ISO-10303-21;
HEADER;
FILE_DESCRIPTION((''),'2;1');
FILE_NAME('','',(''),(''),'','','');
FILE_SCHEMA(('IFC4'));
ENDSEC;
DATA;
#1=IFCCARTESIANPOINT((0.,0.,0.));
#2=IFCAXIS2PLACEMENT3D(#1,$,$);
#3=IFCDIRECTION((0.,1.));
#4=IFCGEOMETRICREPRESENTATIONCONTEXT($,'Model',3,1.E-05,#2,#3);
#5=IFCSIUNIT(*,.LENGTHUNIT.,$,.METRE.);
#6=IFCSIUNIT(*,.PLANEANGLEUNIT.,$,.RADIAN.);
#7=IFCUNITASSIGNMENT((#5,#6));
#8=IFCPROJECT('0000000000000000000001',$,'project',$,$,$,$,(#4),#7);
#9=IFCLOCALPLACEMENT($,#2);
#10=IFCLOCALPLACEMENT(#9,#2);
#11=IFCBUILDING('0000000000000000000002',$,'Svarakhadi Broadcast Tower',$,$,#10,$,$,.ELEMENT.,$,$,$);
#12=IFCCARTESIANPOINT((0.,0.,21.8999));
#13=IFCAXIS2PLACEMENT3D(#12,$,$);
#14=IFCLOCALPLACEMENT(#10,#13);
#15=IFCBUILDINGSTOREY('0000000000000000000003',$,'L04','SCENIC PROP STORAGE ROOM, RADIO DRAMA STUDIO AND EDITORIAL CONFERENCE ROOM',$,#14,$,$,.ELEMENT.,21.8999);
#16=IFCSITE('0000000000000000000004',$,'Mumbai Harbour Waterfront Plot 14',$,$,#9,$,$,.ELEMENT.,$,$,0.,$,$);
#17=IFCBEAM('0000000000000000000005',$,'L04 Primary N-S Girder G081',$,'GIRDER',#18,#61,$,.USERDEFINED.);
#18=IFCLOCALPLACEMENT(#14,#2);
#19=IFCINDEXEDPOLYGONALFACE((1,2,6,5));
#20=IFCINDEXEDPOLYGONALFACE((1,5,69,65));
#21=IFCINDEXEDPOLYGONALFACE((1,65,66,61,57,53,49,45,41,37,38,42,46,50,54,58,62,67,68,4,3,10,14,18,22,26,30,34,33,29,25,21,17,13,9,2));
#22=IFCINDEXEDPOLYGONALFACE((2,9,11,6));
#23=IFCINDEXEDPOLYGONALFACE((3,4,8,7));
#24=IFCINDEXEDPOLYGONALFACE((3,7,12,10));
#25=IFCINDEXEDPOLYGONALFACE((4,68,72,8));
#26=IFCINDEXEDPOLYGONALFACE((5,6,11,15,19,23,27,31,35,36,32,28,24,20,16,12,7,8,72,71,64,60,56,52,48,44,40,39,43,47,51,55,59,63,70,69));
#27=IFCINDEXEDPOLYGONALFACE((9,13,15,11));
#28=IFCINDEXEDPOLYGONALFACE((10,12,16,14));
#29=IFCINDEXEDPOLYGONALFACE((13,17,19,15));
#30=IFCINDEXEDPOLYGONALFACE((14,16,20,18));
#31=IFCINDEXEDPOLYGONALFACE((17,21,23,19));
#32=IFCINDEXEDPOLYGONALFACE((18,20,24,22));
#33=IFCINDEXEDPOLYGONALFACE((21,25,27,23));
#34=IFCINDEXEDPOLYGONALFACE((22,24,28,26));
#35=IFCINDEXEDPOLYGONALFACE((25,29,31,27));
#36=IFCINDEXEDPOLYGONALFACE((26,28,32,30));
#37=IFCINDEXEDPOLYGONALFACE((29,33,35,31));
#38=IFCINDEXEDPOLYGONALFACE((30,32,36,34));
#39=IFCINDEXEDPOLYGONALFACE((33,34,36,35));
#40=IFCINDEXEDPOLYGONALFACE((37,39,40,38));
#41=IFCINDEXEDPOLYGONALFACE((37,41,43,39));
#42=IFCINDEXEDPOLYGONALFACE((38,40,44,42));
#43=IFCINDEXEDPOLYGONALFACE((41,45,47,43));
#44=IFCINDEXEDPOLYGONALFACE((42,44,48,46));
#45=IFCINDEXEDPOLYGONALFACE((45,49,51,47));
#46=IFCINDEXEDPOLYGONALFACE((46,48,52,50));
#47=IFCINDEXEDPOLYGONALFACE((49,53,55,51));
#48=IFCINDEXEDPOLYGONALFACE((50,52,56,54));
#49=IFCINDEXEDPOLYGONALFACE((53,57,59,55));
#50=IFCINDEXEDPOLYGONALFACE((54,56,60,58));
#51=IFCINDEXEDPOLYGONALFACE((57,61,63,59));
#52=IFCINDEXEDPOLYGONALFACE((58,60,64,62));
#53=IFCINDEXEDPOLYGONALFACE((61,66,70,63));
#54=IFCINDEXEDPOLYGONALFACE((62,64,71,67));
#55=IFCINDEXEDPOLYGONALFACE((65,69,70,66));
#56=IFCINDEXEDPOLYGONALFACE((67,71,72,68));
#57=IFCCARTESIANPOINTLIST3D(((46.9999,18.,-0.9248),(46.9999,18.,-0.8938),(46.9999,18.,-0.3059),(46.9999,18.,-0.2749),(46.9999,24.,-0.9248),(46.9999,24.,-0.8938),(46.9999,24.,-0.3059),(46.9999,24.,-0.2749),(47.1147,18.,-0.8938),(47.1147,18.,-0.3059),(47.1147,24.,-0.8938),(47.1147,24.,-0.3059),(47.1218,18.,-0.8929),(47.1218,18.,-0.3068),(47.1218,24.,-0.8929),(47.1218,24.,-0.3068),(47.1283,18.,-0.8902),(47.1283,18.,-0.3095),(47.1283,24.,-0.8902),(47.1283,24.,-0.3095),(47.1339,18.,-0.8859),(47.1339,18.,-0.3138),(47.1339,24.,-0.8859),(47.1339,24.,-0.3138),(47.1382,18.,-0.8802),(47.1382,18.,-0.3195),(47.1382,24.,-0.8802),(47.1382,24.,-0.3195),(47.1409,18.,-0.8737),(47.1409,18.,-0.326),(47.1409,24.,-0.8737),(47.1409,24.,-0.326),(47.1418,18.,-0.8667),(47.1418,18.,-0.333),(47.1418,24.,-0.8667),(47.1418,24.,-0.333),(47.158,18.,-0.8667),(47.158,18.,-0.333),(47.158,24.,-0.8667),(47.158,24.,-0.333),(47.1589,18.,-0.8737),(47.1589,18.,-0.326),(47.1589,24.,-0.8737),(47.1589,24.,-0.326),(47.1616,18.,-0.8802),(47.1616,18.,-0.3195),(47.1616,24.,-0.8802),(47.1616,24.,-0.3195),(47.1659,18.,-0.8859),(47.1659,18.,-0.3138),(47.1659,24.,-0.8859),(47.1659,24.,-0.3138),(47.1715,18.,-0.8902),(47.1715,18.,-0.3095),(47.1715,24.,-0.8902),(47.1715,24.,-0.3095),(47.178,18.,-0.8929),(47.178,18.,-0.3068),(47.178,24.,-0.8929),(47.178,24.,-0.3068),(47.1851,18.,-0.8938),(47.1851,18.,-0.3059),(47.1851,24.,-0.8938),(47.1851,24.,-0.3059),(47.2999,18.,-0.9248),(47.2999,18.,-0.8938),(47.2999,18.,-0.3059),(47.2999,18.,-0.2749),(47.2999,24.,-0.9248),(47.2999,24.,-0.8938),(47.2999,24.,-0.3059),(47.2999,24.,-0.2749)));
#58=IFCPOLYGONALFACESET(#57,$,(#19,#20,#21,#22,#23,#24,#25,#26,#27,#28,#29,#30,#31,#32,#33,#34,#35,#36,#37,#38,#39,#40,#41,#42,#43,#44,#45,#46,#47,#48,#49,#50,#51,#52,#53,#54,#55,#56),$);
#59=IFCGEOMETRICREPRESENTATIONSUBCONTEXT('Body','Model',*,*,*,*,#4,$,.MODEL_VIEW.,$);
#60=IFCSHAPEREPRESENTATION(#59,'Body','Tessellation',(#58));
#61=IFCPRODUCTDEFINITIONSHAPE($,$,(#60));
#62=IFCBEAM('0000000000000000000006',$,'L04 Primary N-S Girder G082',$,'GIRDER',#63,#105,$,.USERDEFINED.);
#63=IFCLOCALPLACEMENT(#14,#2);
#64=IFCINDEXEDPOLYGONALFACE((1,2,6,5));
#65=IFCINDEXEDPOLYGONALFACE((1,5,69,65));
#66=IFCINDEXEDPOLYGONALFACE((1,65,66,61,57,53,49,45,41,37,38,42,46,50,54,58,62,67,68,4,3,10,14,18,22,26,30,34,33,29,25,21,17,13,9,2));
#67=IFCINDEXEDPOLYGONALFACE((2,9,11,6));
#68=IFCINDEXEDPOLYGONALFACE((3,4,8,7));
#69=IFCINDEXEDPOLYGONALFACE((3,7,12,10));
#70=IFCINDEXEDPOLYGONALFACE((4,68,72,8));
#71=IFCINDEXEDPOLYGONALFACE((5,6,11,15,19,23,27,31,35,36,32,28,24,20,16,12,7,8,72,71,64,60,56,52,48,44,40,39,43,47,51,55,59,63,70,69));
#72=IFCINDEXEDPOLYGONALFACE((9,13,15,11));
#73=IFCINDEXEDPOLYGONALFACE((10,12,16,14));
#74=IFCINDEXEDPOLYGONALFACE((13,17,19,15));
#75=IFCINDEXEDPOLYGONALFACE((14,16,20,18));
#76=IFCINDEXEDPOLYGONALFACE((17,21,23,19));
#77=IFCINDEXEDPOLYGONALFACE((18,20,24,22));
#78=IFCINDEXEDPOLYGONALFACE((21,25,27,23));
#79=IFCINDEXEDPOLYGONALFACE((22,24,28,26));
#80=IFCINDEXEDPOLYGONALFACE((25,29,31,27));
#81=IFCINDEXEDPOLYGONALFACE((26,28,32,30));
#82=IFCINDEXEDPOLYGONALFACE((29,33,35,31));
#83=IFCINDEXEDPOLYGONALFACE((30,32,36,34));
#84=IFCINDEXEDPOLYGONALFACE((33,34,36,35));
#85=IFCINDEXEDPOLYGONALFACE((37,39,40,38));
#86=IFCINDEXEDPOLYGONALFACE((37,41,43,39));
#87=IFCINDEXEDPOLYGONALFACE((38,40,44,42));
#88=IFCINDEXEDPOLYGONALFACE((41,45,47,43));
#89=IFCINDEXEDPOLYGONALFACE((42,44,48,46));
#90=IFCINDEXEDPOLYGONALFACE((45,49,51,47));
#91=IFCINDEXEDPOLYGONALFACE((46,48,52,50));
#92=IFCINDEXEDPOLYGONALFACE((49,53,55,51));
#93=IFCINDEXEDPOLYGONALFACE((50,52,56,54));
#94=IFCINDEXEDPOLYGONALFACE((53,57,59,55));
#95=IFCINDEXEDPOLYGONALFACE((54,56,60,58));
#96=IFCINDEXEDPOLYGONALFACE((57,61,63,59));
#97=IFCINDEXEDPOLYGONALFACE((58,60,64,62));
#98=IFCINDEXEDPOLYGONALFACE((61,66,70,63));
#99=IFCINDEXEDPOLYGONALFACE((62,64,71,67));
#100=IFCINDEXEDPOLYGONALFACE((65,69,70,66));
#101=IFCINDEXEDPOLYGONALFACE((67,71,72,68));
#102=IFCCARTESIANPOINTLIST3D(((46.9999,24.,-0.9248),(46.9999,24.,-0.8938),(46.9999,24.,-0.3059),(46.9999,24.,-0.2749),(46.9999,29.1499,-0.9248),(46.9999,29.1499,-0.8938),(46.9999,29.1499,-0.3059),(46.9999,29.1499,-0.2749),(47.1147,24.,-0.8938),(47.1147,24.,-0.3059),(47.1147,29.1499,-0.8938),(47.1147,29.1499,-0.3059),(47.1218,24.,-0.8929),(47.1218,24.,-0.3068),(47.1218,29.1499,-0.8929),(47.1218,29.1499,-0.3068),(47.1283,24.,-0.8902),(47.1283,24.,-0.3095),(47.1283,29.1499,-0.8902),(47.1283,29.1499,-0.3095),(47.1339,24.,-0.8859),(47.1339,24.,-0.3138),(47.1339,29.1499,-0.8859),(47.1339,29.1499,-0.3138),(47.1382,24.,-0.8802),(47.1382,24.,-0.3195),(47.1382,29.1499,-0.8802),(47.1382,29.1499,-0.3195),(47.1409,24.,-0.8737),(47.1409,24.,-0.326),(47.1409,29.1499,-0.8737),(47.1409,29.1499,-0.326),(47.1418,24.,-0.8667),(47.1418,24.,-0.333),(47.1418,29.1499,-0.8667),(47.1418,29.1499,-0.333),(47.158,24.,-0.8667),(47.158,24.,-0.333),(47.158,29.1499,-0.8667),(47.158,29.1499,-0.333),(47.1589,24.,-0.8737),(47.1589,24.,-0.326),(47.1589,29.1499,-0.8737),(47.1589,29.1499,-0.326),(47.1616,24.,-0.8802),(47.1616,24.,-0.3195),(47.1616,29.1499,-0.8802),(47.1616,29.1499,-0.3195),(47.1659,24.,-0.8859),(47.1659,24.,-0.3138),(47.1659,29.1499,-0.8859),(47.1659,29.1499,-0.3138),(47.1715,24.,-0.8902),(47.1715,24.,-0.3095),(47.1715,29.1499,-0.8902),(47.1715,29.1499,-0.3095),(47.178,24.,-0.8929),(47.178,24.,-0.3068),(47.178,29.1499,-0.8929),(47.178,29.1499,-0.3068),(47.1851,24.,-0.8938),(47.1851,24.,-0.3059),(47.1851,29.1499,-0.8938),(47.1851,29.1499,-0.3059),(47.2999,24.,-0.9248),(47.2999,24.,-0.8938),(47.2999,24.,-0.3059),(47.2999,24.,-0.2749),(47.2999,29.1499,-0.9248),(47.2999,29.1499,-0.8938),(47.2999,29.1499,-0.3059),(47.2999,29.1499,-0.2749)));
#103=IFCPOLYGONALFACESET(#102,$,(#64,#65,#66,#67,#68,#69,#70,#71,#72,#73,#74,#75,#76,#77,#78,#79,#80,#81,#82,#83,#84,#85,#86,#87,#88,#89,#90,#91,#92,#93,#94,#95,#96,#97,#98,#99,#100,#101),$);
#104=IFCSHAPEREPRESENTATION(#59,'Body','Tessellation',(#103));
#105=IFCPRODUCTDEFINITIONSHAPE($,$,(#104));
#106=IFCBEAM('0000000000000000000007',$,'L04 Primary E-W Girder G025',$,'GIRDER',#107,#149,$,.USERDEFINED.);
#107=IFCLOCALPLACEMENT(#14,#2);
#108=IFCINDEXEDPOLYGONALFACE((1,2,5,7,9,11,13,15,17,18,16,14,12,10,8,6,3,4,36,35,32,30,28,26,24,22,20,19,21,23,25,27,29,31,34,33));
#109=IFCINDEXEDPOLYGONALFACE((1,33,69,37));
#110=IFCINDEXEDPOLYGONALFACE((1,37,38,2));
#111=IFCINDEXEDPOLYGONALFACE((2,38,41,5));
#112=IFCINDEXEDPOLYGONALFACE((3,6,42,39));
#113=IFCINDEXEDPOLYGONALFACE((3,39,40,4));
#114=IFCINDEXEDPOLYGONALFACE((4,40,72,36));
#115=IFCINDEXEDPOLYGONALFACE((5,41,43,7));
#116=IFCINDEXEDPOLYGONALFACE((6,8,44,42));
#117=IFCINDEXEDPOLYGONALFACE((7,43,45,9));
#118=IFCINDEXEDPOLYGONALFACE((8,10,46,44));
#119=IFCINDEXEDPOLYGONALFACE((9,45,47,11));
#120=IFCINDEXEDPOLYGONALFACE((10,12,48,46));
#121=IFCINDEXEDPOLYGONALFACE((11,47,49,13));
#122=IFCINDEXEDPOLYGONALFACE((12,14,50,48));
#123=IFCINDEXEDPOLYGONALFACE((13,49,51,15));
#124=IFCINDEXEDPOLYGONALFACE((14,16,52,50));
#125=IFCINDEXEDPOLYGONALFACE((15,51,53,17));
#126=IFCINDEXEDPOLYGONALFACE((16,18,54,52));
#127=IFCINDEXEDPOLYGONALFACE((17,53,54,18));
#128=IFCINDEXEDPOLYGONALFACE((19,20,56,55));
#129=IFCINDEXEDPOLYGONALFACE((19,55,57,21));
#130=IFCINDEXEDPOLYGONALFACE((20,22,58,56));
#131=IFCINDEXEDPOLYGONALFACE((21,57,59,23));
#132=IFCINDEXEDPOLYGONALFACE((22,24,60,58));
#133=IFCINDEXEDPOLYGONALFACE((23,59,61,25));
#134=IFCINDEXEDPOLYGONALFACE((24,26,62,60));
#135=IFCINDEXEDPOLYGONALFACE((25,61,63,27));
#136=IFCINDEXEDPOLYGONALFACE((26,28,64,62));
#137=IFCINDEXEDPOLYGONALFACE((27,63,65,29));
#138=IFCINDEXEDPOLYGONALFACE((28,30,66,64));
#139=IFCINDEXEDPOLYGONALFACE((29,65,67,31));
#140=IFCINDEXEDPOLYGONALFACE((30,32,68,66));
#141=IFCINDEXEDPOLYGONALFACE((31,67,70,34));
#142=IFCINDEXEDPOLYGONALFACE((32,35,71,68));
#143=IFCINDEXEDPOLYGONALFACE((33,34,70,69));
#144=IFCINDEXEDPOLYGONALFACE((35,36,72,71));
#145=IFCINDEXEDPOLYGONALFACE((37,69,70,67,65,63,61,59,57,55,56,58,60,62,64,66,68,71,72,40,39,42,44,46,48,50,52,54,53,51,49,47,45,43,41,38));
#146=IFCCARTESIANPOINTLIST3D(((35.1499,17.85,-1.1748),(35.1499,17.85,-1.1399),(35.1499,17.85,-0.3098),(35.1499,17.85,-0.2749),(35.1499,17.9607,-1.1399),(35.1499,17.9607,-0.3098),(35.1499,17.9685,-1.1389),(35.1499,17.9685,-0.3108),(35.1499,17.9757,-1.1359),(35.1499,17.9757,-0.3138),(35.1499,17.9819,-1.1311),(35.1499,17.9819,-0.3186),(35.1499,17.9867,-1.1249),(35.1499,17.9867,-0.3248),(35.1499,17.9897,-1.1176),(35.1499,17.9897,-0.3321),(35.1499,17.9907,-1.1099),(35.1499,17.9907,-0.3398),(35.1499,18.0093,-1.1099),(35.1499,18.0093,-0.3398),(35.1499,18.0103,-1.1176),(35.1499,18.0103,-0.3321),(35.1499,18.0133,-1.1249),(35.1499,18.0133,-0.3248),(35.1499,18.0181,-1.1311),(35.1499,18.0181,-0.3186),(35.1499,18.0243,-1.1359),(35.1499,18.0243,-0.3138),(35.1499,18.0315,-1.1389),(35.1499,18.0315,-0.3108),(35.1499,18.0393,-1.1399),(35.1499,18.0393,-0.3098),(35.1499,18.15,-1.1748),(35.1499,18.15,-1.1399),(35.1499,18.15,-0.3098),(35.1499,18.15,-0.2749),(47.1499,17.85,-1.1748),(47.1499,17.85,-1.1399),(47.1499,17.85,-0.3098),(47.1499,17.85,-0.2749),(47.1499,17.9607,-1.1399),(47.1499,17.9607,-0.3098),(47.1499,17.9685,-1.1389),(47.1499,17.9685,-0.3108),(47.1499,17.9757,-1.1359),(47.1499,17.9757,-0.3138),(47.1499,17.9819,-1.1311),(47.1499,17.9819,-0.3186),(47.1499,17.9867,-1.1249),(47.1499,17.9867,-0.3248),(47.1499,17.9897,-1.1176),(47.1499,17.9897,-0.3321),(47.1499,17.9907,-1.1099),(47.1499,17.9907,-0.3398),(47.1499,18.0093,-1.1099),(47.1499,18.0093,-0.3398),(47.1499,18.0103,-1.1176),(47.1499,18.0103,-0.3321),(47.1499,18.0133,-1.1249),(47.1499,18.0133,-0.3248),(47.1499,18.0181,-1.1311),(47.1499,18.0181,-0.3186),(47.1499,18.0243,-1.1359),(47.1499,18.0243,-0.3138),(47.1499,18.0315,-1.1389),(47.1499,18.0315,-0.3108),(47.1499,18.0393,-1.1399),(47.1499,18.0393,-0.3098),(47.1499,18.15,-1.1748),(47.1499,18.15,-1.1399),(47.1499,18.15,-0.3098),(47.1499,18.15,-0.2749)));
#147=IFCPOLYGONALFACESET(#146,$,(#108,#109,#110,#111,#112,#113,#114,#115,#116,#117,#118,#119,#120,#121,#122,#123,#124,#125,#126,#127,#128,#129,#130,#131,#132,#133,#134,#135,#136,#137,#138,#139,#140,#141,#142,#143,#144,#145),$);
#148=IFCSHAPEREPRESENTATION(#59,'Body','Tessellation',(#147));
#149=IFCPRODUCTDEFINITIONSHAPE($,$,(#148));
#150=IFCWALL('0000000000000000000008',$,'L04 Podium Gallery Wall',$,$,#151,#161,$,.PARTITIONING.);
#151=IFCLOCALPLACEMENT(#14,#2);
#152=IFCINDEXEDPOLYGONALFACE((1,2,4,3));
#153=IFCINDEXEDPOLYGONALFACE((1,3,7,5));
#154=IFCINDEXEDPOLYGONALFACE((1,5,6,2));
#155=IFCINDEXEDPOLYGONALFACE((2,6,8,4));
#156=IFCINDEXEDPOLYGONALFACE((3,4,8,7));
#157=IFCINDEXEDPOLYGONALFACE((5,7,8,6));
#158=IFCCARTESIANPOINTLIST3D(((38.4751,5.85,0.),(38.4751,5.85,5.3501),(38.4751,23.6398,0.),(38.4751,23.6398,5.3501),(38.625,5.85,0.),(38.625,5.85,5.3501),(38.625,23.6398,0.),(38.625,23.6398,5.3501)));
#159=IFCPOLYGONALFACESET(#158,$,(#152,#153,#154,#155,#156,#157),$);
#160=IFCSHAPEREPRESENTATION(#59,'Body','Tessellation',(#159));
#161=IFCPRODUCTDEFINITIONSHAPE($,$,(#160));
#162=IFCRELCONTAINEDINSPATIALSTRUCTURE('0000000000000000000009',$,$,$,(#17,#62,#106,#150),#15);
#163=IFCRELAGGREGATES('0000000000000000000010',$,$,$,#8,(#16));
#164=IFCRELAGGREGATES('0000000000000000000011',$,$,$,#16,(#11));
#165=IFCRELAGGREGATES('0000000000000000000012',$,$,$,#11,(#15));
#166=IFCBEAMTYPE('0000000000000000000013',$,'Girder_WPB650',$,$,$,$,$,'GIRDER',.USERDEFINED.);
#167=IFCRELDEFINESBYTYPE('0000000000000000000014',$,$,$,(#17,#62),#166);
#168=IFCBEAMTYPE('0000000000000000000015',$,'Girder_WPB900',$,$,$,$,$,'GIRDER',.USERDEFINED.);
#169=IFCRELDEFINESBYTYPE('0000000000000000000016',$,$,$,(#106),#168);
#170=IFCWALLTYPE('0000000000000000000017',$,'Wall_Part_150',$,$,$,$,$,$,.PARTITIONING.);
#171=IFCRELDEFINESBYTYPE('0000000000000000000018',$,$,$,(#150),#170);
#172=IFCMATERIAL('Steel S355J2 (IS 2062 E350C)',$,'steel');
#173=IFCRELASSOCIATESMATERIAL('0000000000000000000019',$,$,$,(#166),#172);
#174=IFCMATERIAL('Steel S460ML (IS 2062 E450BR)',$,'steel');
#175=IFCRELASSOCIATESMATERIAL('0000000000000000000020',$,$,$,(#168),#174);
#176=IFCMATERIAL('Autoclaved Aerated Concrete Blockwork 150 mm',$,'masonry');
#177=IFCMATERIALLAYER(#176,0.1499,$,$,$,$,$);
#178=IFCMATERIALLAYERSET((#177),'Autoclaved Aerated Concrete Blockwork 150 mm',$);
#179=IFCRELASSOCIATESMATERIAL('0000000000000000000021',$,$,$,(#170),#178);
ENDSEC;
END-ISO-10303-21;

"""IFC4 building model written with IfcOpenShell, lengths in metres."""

from ifc_helpers import new_model, si_unit, direction, frame, frame_2d, origin, origin_2d, place, context, subcontext, project, spatial, rectangle, i_section, extrude, material, layer, layer_set, material_profile, profile_set, type_object, element, save


model = new_model("IFC4")

# Units and contexts
model_context = context("Model", 3, precision=1e-05, world=origin(), true_north=direction((0.0, 1.0)))
body_context = subcontext(model_context, "Body", "Model", "MODEL_VIEW")
ifc_project = project(units=[si_unit("LENGTHUNIT", "METRE"), si_unit("PLANEANGLEUNIT", "RADIAN")], contexts=[model_context])

# Site, building, storey
site_placement = place(None, origin())
site = spatial("IfcSite", under=ifc_project, at=site_placement, Name="Mumbai Harbour Waterfront Plot 14", CompositionType="ELEMENT", RefElevation=0.0)
building_placement = place(site_placement, origin())
building = spatial("IfcBuilding", under=site, at=building_placement, Name="Svarakhadi Broadcast Tower", CompositionType="ELEMENT")
storey_placement = place(building_placement, frame((0.0, 0.0, 21.8999)))
storey = spatial("IfcBuildingStorey", under=building, at=storey_placement, Name="L04", Description="SCENIC PROP STORAGE ROOM, RADIO DRAMA STUDIO AND EDITORIAL CONFERENCE ROOM", CompositionType="ELEMENT", Elevation=21.8999)

# Shared definitions
ifc_material_1 = material(Name="Steel S460ML (IS 2062 E450BR)", Category="steel")

# Beams
ifc_material_2 = material(Name="Steel S355J2 (IS 2062 E350C)", Category="steel")
ifc_material_profile_1 = material_profile(ifc_material_2, i_section(OverallWidth=0.3, OverallDepth=0.6499, WebThickness=0.0161, FlangeThickness=0.031, FilletRadius=0.0271, at=origin_2d()), Name="WPB 650x300x225")
ifc_profile_set_1 = profile_set([ifc_material_profile_1], Name="Steel S355J2 (IS 2062 E350C)")
beam_type_1 = type_object("IfcBeamType", Name="Girder_WPB650", ElementType="GIRDER", PredefinedType="USERDEFINED", material=ifc_profile_set_1)
beam_1_placement = place(storey_placement, frame((47.1499, 18.0, -0.5999), z_axis=(0.0, 1.0, 0.0), x_axis=(-1.0, 0.0, 0.0)))
element("IfcBeam", 1, at=beam_1_placement, inside=storey, type_object=beam_type_1, Name="L04 Primary N-S Girder G081", ObjectType="GIRDER", PredefinedType="USERDEFINED", context=body_context, shape_type="SweptSolid", body=[
    extrude(i_section(OverallWidth=0.3, OverallDepth=0.6499, WebThickness=0.0161, FlangeThickness=0.031, FilletRadius=0.0271, at=origin_2d()), origin(), (0.0, 0.0, 1.0), 6.0),
])
beam_2_placement = place(storey_placement, frame((47.1499, 24.0, -0.5999), z_axis=(0.0, 1.0, 0.0), x_axis=(-1.0, 0.0, 0.0)))
element("IfcBeam", 2, at=beam_2_placement, inside=storey, type_object=beam_type_1, Name="L04 Primary N-S Girder G082", ObjectType="GIRDER", PredefinedType="USERDEFINED", context=body_context, shape_type="SweptSolid", body=[
    extrude(i_section(OverallWidth=0.3, OverallDepth=0.6499, WebThickness=0.0161, FlangeThickness=0.031, FilletRadius=0.0271, at=origin_2d()), origin(), (0.0, 0.0, 1.0), 5.1499),
])
ifc_material_profile_2 = material_profile(ifc_material_1, i_section(OverallWidth=0.3, OverallDepth=0.8999, WebThickness=0.0186, FlangeThickness=0.0349, FilletRadius=0.03, at=origin_2d()), Name="WPB 900x300x291")
ifc_profile_set_2 = profile_set([ifc_material_profile_2], Name="Steel S460ML (IS 2062 E450BR)")
beam_type_2 = type_object("IfcBeamType", Name="Girder_WPB900", ElementType="GIRDER", PredefinedType="USERDEFINED", material=ifc_profile_set_2)
beam_3_placement = place(storey_placement, frame((35.1499, 18.0, -0.7249), z_axis=(1.0, 0.0, 0.0), x_axis=(0.0, 1.0, 0.0)))
element("IfcBeam", 3, at=beam_3_placement, inside=storey, type_object=beam_type_2, Name="L04 Primary E-W Girder G025", ObjectType="GIRDER", PredefinedType="USERDEFINED", context=body_context, shape_type="SweptSolid", body=[
    extrude(i_section(OverallWidth=0.3, OverallDepth=0.8999, WebThickness=0.0186, FlangeThickness=0.0349, FilletRadius=0.03, at=origin_2d()), origin(), (0.0, 0.0, 1.0), 12.0),
])

# Wall
ifc_material_3 = material(Name="Autoclaved Aerated Concrete Blockwork 150 mm", Category="masonry")
ifc_layer = layer(ifc_material_3, 0.1499)
ifc_layer_set = layer_set([ifc_layer], Name="Autoclaved Aerated Concrete Blockwork 150 mm")
wall_type = type_object("IfcWallType", Name="Wall_Part_150", PredefinedType="PARTITIONING", material=ifc_layer_set)
wall_placement = place(storey_placement, frame((38.55, 23.6399, 0.0), z_axis=(0.0, 0.0, 1.0), x_axis=(0.0, -1.0, 0.0)))
element("IfcWall", 4, at=wall_placement, inside=storey, type_object=wall_type, Name="L04 Podium Gallery Wall", PredefinedType="PARTITIONING", context=body_context, shape_type="SweptSolid", body=[
    extrude(rectangle(XDim=17.7898, YDim=0.1499, at=frame_2d((8.895, 0.0))), origin(), (0.0, 0.0, 1.0), 5.3501),
])

save(model, "model.ifc")
